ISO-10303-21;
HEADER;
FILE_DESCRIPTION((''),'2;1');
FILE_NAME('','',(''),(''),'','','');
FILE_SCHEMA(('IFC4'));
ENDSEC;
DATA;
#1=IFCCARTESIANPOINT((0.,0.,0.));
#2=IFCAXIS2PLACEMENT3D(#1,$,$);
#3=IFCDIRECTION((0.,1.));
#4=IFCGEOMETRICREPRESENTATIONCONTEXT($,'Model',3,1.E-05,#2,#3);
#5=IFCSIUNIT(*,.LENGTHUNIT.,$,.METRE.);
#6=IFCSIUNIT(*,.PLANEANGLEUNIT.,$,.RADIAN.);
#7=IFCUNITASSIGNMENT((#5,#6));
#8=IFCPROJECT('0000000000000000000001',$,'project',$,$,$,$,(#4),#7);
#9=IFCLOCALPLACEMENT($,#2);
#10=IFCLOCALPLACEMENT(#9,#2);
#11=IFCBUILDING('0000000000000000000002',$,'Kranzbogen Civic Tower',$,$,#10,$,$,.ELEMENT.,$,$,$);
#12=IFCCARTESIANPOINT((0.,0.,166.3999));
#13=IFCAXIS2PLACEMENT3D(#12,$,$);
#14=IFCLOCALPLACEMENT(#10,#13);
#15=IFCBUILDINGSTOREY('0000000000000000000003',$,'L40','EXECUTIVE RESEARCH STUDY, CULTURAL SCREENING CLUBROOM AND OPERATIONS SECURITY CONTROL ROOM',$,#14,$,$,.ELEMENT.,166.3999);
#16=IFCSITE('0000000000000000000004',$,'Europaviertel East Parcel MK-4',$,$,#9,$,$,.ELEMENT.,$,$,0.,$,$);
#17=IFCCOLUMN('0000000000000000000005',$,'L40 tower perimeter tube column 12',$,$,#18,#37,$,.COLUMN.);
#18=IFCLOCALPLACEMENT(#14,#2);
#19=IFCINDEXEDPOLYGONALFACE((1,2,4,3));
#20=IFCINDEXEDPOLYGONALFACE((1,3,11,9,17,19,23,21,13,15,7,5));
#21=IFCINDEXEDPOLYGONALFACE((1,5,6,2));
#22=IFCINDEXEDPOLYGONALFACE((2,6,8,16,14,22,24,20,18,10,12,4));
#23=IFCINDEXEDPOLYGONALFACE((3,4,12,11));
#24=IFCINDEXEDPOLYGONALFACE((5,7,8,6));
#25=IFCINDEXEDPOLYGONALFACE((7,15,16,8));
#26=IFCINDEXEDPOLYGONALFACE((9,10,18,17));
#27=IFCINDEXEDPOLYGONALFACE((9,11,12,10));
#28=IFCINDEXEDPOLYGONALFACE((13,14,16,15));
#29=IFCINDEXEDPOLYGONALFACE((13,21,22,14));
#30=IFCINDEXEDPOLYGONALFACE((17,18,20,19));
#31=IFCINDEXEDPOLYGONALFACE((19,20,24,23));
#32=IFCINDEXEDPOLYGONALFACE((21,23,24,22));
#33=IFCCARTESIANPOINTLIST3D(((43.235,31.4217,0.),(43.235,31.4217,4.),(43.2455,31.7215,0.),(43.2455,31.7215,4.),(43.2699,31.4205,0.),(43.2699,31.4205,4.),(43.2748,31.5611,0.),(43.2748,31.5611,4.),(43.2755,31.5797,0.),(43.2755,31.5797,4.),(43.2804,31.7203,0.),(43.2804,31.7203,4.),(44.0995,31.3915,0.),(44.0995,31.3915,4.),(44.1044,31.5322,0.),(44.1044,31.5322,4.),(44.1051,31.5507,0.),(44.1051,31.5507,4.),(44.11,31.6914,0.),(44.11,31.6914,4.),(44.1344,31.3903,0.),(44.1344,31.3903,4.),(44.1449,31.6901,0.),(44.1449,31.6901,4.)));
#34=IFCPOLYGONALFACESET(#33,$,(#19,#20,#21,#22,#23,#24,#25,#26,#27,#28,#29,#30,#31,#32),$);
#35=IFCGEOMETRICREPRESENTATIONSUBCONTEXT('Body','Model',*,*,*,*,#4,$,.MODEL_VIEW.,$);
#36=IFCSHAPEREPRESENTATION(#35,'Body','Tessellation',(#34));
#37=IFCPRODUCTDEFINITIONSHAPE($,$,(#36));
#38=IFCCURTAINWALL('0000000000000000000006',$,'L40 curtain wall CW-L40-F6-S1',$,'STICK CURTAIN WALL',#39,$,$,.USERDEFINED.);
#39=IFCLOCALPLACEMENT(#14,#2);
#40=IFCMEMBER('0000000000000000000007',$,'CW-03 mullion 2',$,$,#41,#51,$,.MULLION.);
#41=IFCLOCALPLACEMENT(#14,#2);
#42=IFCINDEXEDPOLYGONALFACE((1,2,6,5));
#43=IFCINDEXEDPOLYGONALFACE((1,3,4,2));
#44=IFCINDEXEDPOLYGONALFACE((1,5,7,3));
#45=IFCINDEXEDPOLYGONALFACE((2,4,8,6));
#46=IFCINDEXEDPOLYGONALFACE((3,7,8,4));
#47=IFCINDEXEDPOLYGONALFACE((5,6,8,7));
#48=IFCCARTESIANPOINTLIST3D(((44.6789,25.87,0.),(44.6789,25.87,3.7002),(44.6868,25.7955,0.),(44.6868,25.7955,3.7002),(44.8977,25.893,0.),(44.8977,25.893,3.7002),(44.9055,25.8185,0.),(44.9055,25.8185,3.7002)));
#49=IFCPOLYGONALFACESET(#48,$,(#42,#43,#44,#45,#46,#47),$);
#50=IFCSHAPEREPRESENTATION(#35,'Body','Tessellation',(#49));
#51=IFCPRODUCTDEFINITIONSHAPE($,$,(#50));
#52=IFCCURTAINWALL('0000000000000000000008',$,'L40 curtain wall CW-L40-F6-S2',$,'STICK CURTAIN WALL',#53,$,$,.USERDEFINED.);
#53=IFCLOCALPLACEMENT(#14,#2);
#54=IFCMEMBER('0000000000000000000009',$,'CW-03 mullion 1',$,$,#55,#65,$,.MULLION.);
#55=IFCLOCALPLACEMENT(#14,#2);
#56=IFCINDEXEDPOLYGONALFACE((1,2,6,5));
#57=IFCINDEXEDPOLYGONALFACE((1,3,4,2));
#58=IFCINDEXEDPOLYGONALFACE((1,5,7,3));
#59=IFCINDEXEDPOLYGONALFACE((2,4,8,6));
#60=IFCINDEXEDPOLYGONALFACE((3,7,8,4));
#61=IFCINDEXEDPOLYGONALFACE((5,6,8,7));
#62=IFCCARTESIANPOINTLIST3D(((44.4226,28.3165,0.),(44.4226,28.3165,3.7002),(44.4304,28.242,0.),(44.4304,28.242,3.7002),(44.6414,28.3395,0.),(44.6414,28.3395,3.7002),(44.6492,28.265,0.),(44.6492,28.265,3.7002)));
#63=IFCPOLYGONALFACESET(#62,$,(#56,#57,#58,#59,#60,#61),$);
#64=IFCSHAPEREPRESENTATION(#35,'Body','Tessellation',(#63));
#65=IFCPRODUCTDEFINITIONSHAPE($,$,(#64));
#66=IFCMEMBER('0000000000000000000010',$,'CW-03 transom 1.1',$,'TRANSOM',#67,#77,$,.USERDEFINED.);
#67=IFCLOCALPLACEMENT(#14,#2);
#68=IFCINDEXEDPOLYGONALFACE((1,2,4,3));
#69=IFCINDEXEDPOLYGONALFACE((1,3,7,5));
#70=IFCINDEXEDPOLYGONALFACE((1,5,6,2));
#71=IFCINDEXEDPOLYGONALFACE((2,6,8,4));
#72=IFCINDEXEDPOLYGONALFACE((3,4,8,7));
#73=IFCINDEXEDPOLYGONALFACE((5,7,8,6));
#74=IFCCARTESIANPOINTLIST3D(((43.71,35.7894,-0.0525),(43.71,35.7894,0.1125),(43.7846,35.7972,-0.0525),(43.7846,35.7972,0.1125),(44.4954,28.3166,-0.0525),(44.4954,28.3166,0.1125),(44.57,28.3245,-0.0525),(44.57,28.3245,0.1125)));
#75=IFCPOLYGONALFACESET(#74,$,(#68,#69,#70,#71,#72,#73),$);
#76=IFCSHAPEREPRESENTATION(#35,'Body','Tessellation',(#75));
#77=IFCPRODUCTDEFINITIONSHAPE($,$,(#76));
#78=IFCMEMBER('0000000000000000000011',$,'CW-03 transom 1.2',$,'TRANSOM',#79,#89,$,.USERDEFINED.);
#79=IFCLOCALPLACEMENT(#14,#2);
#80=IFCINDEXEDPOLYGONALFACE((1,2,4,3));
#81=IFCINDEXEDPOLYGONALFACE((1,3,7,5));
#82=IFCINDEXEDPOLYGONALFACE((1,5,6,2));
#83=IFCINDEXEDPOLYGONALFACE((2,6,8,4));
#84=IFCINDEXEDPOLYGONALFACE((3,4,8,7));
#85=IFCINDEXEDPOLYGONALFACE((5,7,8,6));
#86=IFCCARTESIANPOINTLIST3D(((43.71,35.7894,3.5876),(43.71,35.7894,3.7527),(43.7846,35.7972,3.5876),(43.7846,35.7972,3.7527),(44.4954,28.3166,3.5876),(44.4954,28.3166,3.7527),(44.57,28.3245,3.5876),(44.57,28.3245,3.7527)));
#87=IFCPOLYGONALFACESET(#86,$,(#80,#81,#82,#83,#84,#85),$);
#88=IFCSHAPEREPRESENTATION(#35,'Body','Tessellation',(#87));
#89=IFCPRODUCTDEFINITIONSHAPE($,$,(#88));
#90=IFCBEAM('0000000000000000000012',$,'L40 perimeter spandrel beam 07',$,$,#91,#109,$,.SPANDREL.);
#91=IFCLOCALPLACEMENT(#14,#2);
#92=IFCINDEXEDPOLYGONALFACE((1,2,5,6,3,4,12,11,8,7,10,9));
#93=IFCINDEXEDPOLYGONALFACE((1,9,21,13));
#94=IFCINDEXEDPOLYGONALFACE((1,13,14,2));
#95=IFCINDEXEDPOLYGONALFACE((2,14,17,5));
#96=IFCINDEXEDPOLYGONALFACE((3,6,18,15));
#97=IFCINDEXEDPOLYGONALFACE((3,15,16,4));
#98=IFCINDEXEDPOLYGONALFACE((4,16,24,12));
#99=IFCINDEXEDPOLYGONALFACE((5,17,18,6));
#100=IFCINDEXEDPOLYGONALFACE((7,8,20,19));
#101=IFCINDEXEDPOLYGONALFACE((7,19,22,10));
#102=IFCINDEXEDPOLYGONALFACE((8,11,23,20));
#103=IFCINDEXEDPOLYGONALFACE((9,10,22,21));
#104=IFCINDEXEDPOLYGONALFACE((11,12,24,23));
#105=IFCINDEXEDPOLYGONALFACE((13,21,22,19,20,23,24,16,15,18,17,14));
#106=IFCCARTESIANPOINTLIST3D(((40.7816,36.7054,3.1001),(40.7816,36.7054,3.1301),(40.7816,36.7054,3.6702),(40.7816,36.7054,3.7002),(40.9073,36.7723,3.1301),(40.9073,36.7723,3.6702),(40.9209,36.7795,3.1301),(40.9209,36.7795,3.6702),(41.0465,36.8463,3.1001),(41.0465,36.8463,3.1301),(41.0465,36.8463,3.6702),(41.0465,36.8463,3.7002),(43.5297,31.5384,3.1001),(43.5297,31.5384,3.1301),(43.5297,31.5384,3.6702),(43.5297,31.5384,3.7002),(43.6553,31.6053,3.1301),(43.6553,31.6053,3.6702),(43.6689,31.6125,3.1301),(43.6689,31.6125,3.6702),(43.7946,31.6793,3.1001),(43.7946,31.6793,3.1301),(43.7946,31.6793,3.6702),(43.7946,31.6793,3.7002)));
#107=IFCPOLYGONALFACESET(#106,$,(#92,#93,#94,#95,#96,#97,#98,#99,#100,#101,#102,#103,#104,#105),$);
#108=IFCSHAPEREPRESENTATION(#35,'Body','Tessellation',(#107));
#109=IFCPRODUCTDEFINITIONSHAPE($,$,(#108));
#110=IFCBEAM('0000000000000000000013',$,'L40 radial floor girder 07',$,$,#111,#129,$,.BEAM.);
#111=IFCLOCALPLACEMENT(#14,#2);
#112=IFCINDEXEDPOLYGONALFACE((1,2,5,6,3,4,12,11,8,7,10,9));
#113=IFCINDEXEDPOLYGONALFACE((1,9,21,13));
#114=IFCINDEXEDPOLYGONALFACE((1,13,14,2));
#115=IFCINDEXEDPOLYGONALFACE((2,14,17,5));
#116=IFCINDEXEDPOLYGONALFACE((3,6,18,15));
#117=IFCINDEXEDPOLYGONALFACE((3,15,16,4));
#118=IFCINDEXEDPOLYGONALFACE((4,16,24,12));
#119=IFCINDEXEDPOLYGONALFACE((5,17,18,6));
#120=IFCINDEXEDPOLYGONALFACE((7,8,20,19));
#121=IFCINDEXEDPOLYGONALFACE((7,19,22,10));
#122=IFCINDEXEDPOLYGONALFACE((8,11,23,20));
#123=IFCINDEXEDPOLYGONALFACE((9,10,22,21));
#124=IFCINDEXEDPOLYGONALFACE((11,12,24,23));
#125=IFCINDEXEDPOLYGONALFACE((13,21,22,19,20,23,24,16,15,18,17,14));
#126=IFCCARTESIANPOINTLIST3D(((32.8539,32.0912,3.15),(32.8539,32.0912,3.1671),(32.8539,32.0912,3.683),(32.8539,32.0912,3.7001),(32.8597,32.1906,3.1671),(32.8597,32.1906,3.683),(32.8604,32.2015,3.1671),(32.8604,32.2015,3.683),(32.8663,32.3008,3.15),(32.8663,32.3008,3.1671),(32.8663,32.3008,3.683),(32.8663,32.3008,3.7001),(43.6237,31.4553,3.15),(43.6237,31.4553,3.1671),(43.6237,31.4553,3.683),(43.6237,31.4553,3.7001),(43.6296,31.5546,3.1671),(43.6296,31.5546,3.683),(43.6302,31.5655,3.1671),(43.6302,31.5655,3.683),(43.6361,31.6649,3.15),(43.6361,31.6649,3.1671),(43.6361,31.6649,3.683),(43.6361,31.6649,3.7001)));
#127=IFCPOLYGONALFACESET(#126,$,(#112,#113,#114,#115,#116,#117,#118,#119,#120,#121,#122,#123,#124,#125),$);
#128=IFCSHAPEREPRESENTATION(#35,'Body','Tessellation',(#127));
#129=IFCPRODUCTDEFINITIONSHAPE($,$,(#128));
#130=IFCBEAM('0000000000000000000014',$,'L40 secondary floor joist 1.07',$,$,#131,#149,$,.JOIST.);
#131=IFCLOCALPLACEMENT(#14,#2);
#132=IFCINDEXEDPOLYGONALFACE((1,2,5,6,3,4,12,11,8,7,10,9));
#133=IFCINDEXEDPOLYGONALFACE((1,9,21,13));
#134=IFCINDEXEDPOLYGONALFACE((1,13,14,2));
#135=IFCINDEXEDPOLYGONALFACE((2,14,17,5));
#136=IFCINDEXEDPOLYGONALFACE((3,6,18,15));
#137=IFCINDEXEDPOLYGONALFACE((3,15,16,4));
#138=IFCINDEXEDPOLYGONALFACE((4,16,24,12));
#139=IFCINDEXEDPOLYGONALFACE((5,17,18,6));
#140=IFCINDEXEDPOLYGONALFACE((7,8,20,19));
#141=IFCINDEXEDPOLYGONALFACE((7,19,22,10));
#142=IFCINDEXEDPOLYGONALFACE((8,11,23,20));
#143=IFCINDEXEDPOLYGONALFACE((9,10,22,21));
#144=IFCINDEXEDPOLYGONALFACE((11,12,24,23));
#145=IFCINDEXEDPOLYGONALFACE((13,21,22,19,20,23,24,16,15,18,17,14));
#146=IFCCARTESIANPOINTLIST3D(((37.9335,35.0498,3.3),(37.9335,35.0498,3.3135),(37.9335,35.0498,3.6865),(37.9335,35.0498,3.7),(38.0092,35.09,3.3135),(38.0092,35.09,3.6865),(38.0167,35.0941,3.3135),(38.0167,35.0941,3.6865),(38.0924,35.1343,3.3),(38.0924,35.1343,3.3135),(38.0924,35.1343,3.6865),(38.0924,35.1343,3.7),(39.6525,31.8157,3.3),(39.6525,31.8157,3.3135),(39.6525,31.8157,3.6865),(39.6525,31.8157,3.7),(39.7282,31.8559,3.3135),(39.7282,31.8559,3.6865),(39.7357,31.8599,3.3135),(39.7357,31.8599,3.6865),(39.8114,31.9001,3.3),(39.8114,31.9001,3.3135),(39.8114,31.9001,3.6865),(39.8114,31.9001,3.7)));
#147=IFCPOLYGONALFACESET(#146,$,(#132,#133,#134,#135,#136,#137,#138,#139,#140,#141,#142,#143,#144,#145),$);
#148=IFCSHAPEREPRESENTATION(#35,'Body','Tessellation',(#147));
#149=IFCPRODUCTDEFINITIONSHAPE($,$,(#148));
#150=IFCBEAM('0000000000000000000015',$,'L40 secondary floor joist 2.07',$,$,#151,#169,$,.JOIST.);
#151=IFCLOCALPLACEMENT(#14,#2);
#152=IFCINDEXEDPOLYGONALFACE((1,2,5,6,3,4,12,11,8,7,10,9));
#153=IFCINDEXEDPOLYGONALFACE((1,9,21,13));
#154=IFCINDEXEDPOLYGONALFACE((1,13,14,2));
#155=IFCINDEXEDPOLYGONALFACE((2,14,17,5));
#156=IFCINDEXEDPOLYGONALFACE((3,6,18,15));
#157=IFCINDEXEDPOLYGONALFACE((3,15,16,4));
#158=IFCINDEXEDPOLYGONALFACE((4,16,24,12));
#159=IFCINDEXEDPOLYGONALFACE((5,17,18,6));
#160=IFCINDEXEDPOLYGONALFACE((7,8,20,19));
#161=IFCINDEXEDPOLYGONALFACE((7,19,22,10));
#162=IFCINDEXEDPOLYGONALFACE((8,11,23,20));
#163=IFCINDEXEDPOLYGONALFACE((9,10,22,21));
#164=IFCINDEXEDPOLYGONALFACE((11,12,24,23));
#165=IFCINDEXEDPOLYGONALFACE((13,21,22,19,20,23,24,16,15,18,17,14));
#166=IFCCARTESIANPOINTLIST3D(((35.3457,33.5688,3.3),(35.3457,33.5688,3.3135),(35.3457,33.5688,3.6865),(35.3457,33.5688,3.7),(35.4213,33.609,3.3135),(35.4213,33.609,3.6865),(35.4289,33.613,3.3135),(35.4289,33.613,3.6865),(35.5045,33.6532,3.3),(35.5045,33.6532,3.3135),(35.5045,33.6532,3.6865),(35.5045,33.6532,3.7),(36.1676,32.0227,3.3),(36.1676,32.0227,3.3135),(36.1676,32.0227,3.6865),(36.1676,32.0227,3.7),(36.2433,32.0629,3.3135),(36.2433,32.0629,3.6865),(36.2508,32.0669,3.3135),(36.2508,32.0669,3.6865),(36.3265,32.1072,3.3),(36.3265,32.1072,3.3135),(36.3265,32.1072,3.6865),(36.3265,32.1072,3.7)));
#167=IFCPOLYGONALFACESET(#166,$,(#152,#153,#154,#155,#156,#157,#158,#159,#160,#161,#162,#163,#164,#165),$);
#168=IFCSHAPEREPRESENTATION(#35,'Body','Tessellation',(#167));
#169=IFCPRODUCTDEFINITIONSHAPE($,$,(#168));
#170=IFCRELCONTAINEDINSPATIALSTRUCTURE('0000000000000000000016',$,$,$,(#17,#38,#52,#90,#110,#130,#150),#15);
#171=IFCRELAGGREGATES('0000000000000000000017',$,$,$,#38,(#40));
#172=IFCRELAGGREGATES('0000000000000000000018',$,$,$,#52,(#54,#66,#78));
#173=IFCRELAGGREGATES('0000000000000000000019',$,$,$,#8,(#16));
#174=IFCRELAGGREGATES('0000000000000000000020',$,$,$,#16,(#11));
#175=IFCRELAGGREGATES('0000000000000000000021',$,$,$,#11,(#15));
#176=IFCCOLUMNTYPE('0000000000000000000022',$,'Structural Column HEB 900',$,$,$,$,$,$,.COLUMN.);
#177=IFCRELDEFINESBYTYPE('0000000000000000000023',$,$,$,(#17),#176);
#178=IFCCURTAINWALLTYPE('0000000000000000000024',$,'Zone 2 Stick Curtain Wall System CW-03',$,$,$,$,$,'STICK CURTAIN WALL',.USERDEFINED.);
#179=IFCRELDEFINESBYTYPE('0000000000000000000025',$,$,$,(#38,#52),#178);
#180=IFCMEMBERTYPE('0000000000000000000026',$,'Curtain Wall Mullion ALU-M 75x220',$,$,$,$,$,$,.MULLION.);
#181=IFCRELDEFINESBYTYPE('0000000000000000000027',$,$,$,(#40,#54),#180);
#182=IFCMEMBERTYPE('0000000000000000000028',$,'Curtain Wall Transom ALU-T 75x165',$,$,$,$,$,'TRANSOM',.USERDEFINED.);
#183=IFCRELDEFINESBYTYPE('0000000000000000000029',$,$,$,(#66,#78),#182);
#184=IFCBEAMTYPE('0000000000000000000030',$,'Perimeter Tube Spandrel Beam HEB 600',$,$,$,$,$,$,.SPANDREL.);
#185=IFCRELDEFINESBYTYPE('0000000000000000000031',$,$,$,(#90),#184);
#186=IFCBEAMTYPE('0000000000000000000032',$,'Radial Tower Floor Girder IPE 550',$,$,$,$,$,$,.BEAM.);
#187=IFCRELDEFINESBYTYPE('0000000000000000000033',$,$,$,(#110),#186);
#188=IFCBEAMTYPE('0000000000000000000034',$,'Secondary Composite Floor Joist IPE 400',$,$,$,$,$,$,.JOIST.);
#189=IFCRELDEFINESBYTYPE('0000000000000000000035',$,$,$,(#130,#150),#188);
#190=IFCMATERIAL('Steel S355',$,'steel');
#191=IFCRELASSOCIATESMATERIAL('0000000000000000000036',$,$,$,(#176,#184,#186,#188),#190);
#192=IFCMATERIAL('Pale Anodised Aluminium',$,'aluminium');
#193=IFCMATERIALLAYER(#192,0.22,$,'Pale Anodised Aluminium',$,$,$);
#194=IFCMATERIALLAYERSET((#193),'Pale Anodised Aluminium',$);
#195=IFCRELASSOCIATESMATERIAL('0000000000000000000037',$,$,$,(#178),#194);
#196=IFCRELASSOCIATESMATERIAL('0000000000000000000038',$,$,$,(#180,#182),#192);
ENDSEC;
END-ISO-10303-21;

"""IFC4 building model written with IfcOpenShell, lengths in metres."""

from ifc_helpers import new_model, si_unit, direction, frame, origin, origin_2d, place, context, subcontext, project, spatial, rectangle, i_section, extrude, material, layer, layer_set, material_profile, profile_set, type_object, element, aggregate, save


model = new_model("IFC4")

# Units and contexts
model_context = context("Model", 3, precision=1e-05, world=origin(), true_north=direction((0.0, 1.0)))
body_context = subcontext(model_context, "Body", "Model", "MODEL_VIEW")
ifc_project = project(units=[si_unit("LENGTHUNIT", "METRE"), si_unit("PLANEANGLEUNIT", "RADIAN")], contexts=[model_context])

# Site, building, storey
site_placement = place(None, origin())
site = spatial("IfcSite", under=ifc_project, at=site_placement, Name="Europaviertel East Parcel MK-4", CompositionType="ELEMENT", RefElevation=0.0)
building_placement = place(site_placement, origin())
building = spatial("IfcBuilding", under=site, at=building_placement, Name="Kranzbogen Civic Tower", CompositionType="ELEMENT")
storey_placement = place(building_placement, frame((0.0, 0.0, 166.3999)))
storey = spatial("IfcBuildingStorey", under=building, at=storey_placement, Name="L40", Description="EXECUTIVE RESEARCH STUDY, CULTURAL SCREENING CLUBROOM AND OPERATIONS SECURITY CONTROL ROOM", CompositionType="ELEMENT", Elevation=166.3999)

# Column
ifc_material_1 = material(Name="Steel S355", Category="steel")
ifc_material_profile_1 = material_profile(ifc_material_1, i_section(OverallWidth=0.3, OverallDepth=0.8999, WebThickness=0.0186, FlangeThickness=0.0349, at=origin_2d()), Name="HEB 900")
ifc_profile_set_1 = profile_set([ifc_material_profile_1], Name="Steel S355")
column_type = type_object("IfcColumnType", Name="Structural Column HEB 900", PredefinedType="COLUMN", material=ifc_profile_set_1)
column_placement = place(storey_placement, frame((43.6899, 31.5559, 0.0), z_axis=(0.0, 0.0, 1.0), x_axis=(0.034899, 0.999391, 0.0)))
element("IfcColumn", 1, at=column_placement, inside=storey, type_object=column_type, Name="L40 tower perimeter tube column 12", PredefinedType="COLUMN", context=body_context, shape_type="SweptSolid", body=[
    extrude(i_section(OverallWidth=0.3, OverallDepth=0.8999, WebThickness=0.0186, FlangeThickness=0.0349, at=origin_2d()), origin(), (0.0, 0.0, 1.0), 4.0),
])

# Curtain wall, member
ifc_material_2 = material(Name="Pale Anodised Aluminium", Category="aluminium")
ifc_layer_1 = layer(ifc_material_2, 0.22, Name="Pale Anodised Aluminium")
ifc_layer_set_1 = layer_set([ifc_layer_1], Name="Pale Anodised Aluminium")
curtain_wall_type = type_object("IfcCurtainWallType", Name="Zone 2 Stick Curtain Wall System CW-03", ElementType="STICK CURTAIN WALL", PredefinedType="USERDEFINED", material=ifc_layer_set_1)
curtain_wall_1_placement = place(storey_placement, origin())
curtain_wall_1 = element("IfcCurtainWall", 2, at=curtain_wall_1_placement, inside=storey, type_object=curtain_wall_type, Name="L40 curtain wall CW-L40-F6-S1", ObjectType="STICK CURTAIN WALL", PredefinedType="USERDEFINED")
ifc_material_profile_2 = material_profile(ifc_material_2, rectangle(XDim=0.075, YDim=0.22, at=origin_2d()), Name="ALU-M 75x220")
ifc_profile_set_2 = profile_set([ifc_material_profile_2], Name="Pale Anodised Aluminium")
member_type_1 = type_object("IfcMemberType", Name="Curtain Wall Mullion ALU-M 75x220", PredefinedType="MULLION", material=ifc_profile_set_2)
member_1_placement = place(storey_placement, frame((44.7922, 25.8442, 0.0), z_axis=(0.0, 0.0, 1.0), x_axis=(-0.104521, 0.994523, 0.0)))
member_1 = element("IfcMember", 3, at=member_1_placement, type_object=member_type_1, Name="CW-03 mullion 2", PredefinedType="MULLION", context=body_context, shape_type="SweptSolid", body=[
    extrude(rectangle(XDim=0.075, YDim=0.22, at=origin_2d()), origin(), (0.0, 0.0, 1.0), 3.7002),
])
aggregate(curtain_wall_1, [member_1])

# Curtain wall, members
curtain_wall_2_placement = place(storey_placement, origin())
curtain_wall_2 = element("IfcCurtainWall", 4, at=curtain_wall_2_placement, inside=storey, type_object=curtain_wall_type, Name="L40 curtain wall CW-L40-F6-S2", ObjectType="STICK CURTAIN WALL", PredefinedType="USERDEFINED")
member_2_placement = place(storey_placement, frame((44.5359, 28.2908, 0.0), z_axis=(0.0, 0.0, 1.0), x_axis=(-0.104535, 0.994521, 0.0)))
member_2 = element("IfcMember", 5, at=member_2_placement, type_object=member_type_1, Name="CW-03 mullion 1", PredefinedType="MULLION", context=body_context, shape_type="SweptSolid", body=[
    extrude(rectangle(XDim=0.075, YDim=0.22, at=origin_2d()), origin(), (0.0, 0.0, 1.0), 3.7002),
])
ifc_material_profile_3 = material_profile(ifc_material_2, rectangle(XDim=0.075, YDim=0.165, at=origin_2d()), Name="ALU-T 75x165")
ifc_profile_set_3 = profile_set([ifc_material_profile_3], Name="Pale Anodised Aluminium")
member_type_2 = type_object("IfcMemberType", Name="Curtain Wall Transom ALU-T 75x165", ElementType="TRANSOM", PredefinedType="USERDEFINED", material=ifc_profile_set_3)
member_3_placement = place(storey_placement, frame((44.5327, 28.3206, 0.03), z_axis=(-0.104527, 0.994522, 0.0), x_axis=(-0.994522, -0.104527, 0.0)))
member_3 = element("IfcMember", 6, at=member_3_placement, type_object=member_type_2, Name="CW-03 transom 1.1", ObjectType="TRANSOM", PredefinedType="USERDEFINED", context=body_context, shape_type="SweptSolid", body=[
    extrude(rectangle(XDim=0.075, YDim=0.165, at=origin_2d()), origin(), (0.0, 0.0, 1.0), 7.5139),
])
member_4_placement = place(storey_placement, frame((44.5327, 28.3206, 3.6702), z_axis=(-0.104527, 0.994522, 0.0), x_axis=(-0.994522, -0.104527, 0.0)))
member_4 = element("IfcMember", 7, at=member_4_placement, type_object=member_type_2, Name="CW-03 transom 1.2", ObjectType="TRANSOM", PredefinedType="USERDEFINED", context=body_context, shape_type="SweptSolid", body=[
    extrude(rectangle(XDim=0.075, YDim=0.165, at=origin_2d()), origin(), (0.0, 0.0, 1.0), 7.5139),
])

# Beams
ifc_material_profile_4 = material_profile(ifc_material_1, i_section(OverallWidth=0.3, OverallDepth=0.6001, WebThickness=0.0154, FlangeThickness=0.03, at=origin_2d()), Name="HEB 600")
ifc_profile_set_4 = profile_set([ifc_material_profile_4], Name="Steel S355")
beam_type_1 = type_object("IfcBeamType", Name="Perimeter Tube Spandrel Beam HEB 600", PredefinedType="SPANDREL", material=ifc_profile_set_4)
beam_1_placement = place(storey_placement, frame((43.6621, 31.6089, 3.4001), z_axis=(-0.469566, 0.882897, 0.0), x_axis=(-0.882897, -0.469566, 0.0)))
element("IfcBeam", 8, at=beam_1_placement, inside=storey, type_object=beam_type_1, Name="L40 perimeter spandrel beam 07", PredefinedType="SPANDREL", context=body_context, shape_type="SweptSolid", body=[
    extrude(i_section(OverallWidth=0.3, OverallDepth=0.6001, WebThickness=0.0154, FlangeThickness=0.03, at=origin_2d()), origin(), (0.0, 0.0, 1.0), 5.8523),
])
ifc_material_profile_5 = material_profile(ifc_material_1, i_section(OverallWidth=0.21, OverallDepth=0.55, WebThickness=0.011, FlangeThickness=0.0171, at=origin_2d()), Name="IPE 550")
ifc_profile_set_5 = profile_set([ifc_material_profile_5], Name="Steel S355")
beam_type_2 = type_object("IfcBeamType", Name="Radial Tower Floor Girder IPE 550", PredefinedType="BEAM", material=ifc_profile_set_5)
beam_2_placement = place(storey_placement, frame((43.6299, 31.5601, 3.425), z_axis=(-0.998261, 0.05895, 0.0), x_axis=(-0.05895, -0.998261, 0.0)))
element("IfcBeam", 9, at=beam_2_placement, inside=storey, type_object=beam_type_2, Name="L40 radial floor girder 07", PredefinedType="BEAM", context=body_context, shape_type="SweptSolid", body=[
    extrude(i_section(OverallWidth=0.21, OverallDepth=0.55, WebThickness=0.011, FlangeThickness=0.0171, at=origin_2d()), origin(), (0.0, 0.0, 1.0), 10.7886),
])
ifc_material_profile_6 = material_profile(ifc_material_1, i_section(OverallWidth=0.1799, OverallDepth=0.3999, WebThickness=0.0085, FlangeThickness=0.0134, at=origin_2d()), Name="IPE 400")
ifc_profile_set_6 = profile_set([ifc_material_profile_6], Name="Steel S355")
beam_type_3 = type_object("IfcBeamType", Name="Secondary Composite Floor Joist IPE 400", PredefinedType="JOIST", material=ifc_profile_set_6)
beam_3_placement = place(storey_placement, frame((39.7319, 31.8579, 3.5), z_axis=(-0.469339, 0.883018, 0.0), x_axis=(-0.883018, -0.469339, 0.0)))
element("IfcBeam", 10, at=beam_3_placement, inside=storey, type_object=beam_type_3, Name="L40 secondary floor joist 1.07", PredefinedType="JOIST", context=body_context, shape_type="SweptSolid", body=[
    extrude(i_section(OverallWidth=0.1799, OverallDepth=0.3999, WebThickness=0.0085, FlangeThickness=0.0134, at=origin_2d()), origin(), (0.0, 0.0, 1.0), 3.6626),
])
beam_4_placement = place(storey_placement, frame((36.2471, 32.0649, 3.5), z_axis=(-0.469437, 0.882966, 0.0), x_axis=(-0.882966, -0.469437, 0.0)))
element("IfcBeam", 11, at=beam_4_placement, inside=storey, type_object=beam_type_3, Name="L40 secondary floor joist 2.07", PredefinedType="JOIST", context=body_context, shape_type="SweptSolid", body=[
    extrude(i_section(OverallWidth=0.1799, OverallDepth=0.3999, WebThickness=0.0085, FlangeThickness=0.0134, at=origin_2d()), origin(), (0.0, 0.0, 1.0), 1.751),
])

aggregate(curtain_wall_2, [member_2, member_3, member_4])

save(model, "model.ifc")
